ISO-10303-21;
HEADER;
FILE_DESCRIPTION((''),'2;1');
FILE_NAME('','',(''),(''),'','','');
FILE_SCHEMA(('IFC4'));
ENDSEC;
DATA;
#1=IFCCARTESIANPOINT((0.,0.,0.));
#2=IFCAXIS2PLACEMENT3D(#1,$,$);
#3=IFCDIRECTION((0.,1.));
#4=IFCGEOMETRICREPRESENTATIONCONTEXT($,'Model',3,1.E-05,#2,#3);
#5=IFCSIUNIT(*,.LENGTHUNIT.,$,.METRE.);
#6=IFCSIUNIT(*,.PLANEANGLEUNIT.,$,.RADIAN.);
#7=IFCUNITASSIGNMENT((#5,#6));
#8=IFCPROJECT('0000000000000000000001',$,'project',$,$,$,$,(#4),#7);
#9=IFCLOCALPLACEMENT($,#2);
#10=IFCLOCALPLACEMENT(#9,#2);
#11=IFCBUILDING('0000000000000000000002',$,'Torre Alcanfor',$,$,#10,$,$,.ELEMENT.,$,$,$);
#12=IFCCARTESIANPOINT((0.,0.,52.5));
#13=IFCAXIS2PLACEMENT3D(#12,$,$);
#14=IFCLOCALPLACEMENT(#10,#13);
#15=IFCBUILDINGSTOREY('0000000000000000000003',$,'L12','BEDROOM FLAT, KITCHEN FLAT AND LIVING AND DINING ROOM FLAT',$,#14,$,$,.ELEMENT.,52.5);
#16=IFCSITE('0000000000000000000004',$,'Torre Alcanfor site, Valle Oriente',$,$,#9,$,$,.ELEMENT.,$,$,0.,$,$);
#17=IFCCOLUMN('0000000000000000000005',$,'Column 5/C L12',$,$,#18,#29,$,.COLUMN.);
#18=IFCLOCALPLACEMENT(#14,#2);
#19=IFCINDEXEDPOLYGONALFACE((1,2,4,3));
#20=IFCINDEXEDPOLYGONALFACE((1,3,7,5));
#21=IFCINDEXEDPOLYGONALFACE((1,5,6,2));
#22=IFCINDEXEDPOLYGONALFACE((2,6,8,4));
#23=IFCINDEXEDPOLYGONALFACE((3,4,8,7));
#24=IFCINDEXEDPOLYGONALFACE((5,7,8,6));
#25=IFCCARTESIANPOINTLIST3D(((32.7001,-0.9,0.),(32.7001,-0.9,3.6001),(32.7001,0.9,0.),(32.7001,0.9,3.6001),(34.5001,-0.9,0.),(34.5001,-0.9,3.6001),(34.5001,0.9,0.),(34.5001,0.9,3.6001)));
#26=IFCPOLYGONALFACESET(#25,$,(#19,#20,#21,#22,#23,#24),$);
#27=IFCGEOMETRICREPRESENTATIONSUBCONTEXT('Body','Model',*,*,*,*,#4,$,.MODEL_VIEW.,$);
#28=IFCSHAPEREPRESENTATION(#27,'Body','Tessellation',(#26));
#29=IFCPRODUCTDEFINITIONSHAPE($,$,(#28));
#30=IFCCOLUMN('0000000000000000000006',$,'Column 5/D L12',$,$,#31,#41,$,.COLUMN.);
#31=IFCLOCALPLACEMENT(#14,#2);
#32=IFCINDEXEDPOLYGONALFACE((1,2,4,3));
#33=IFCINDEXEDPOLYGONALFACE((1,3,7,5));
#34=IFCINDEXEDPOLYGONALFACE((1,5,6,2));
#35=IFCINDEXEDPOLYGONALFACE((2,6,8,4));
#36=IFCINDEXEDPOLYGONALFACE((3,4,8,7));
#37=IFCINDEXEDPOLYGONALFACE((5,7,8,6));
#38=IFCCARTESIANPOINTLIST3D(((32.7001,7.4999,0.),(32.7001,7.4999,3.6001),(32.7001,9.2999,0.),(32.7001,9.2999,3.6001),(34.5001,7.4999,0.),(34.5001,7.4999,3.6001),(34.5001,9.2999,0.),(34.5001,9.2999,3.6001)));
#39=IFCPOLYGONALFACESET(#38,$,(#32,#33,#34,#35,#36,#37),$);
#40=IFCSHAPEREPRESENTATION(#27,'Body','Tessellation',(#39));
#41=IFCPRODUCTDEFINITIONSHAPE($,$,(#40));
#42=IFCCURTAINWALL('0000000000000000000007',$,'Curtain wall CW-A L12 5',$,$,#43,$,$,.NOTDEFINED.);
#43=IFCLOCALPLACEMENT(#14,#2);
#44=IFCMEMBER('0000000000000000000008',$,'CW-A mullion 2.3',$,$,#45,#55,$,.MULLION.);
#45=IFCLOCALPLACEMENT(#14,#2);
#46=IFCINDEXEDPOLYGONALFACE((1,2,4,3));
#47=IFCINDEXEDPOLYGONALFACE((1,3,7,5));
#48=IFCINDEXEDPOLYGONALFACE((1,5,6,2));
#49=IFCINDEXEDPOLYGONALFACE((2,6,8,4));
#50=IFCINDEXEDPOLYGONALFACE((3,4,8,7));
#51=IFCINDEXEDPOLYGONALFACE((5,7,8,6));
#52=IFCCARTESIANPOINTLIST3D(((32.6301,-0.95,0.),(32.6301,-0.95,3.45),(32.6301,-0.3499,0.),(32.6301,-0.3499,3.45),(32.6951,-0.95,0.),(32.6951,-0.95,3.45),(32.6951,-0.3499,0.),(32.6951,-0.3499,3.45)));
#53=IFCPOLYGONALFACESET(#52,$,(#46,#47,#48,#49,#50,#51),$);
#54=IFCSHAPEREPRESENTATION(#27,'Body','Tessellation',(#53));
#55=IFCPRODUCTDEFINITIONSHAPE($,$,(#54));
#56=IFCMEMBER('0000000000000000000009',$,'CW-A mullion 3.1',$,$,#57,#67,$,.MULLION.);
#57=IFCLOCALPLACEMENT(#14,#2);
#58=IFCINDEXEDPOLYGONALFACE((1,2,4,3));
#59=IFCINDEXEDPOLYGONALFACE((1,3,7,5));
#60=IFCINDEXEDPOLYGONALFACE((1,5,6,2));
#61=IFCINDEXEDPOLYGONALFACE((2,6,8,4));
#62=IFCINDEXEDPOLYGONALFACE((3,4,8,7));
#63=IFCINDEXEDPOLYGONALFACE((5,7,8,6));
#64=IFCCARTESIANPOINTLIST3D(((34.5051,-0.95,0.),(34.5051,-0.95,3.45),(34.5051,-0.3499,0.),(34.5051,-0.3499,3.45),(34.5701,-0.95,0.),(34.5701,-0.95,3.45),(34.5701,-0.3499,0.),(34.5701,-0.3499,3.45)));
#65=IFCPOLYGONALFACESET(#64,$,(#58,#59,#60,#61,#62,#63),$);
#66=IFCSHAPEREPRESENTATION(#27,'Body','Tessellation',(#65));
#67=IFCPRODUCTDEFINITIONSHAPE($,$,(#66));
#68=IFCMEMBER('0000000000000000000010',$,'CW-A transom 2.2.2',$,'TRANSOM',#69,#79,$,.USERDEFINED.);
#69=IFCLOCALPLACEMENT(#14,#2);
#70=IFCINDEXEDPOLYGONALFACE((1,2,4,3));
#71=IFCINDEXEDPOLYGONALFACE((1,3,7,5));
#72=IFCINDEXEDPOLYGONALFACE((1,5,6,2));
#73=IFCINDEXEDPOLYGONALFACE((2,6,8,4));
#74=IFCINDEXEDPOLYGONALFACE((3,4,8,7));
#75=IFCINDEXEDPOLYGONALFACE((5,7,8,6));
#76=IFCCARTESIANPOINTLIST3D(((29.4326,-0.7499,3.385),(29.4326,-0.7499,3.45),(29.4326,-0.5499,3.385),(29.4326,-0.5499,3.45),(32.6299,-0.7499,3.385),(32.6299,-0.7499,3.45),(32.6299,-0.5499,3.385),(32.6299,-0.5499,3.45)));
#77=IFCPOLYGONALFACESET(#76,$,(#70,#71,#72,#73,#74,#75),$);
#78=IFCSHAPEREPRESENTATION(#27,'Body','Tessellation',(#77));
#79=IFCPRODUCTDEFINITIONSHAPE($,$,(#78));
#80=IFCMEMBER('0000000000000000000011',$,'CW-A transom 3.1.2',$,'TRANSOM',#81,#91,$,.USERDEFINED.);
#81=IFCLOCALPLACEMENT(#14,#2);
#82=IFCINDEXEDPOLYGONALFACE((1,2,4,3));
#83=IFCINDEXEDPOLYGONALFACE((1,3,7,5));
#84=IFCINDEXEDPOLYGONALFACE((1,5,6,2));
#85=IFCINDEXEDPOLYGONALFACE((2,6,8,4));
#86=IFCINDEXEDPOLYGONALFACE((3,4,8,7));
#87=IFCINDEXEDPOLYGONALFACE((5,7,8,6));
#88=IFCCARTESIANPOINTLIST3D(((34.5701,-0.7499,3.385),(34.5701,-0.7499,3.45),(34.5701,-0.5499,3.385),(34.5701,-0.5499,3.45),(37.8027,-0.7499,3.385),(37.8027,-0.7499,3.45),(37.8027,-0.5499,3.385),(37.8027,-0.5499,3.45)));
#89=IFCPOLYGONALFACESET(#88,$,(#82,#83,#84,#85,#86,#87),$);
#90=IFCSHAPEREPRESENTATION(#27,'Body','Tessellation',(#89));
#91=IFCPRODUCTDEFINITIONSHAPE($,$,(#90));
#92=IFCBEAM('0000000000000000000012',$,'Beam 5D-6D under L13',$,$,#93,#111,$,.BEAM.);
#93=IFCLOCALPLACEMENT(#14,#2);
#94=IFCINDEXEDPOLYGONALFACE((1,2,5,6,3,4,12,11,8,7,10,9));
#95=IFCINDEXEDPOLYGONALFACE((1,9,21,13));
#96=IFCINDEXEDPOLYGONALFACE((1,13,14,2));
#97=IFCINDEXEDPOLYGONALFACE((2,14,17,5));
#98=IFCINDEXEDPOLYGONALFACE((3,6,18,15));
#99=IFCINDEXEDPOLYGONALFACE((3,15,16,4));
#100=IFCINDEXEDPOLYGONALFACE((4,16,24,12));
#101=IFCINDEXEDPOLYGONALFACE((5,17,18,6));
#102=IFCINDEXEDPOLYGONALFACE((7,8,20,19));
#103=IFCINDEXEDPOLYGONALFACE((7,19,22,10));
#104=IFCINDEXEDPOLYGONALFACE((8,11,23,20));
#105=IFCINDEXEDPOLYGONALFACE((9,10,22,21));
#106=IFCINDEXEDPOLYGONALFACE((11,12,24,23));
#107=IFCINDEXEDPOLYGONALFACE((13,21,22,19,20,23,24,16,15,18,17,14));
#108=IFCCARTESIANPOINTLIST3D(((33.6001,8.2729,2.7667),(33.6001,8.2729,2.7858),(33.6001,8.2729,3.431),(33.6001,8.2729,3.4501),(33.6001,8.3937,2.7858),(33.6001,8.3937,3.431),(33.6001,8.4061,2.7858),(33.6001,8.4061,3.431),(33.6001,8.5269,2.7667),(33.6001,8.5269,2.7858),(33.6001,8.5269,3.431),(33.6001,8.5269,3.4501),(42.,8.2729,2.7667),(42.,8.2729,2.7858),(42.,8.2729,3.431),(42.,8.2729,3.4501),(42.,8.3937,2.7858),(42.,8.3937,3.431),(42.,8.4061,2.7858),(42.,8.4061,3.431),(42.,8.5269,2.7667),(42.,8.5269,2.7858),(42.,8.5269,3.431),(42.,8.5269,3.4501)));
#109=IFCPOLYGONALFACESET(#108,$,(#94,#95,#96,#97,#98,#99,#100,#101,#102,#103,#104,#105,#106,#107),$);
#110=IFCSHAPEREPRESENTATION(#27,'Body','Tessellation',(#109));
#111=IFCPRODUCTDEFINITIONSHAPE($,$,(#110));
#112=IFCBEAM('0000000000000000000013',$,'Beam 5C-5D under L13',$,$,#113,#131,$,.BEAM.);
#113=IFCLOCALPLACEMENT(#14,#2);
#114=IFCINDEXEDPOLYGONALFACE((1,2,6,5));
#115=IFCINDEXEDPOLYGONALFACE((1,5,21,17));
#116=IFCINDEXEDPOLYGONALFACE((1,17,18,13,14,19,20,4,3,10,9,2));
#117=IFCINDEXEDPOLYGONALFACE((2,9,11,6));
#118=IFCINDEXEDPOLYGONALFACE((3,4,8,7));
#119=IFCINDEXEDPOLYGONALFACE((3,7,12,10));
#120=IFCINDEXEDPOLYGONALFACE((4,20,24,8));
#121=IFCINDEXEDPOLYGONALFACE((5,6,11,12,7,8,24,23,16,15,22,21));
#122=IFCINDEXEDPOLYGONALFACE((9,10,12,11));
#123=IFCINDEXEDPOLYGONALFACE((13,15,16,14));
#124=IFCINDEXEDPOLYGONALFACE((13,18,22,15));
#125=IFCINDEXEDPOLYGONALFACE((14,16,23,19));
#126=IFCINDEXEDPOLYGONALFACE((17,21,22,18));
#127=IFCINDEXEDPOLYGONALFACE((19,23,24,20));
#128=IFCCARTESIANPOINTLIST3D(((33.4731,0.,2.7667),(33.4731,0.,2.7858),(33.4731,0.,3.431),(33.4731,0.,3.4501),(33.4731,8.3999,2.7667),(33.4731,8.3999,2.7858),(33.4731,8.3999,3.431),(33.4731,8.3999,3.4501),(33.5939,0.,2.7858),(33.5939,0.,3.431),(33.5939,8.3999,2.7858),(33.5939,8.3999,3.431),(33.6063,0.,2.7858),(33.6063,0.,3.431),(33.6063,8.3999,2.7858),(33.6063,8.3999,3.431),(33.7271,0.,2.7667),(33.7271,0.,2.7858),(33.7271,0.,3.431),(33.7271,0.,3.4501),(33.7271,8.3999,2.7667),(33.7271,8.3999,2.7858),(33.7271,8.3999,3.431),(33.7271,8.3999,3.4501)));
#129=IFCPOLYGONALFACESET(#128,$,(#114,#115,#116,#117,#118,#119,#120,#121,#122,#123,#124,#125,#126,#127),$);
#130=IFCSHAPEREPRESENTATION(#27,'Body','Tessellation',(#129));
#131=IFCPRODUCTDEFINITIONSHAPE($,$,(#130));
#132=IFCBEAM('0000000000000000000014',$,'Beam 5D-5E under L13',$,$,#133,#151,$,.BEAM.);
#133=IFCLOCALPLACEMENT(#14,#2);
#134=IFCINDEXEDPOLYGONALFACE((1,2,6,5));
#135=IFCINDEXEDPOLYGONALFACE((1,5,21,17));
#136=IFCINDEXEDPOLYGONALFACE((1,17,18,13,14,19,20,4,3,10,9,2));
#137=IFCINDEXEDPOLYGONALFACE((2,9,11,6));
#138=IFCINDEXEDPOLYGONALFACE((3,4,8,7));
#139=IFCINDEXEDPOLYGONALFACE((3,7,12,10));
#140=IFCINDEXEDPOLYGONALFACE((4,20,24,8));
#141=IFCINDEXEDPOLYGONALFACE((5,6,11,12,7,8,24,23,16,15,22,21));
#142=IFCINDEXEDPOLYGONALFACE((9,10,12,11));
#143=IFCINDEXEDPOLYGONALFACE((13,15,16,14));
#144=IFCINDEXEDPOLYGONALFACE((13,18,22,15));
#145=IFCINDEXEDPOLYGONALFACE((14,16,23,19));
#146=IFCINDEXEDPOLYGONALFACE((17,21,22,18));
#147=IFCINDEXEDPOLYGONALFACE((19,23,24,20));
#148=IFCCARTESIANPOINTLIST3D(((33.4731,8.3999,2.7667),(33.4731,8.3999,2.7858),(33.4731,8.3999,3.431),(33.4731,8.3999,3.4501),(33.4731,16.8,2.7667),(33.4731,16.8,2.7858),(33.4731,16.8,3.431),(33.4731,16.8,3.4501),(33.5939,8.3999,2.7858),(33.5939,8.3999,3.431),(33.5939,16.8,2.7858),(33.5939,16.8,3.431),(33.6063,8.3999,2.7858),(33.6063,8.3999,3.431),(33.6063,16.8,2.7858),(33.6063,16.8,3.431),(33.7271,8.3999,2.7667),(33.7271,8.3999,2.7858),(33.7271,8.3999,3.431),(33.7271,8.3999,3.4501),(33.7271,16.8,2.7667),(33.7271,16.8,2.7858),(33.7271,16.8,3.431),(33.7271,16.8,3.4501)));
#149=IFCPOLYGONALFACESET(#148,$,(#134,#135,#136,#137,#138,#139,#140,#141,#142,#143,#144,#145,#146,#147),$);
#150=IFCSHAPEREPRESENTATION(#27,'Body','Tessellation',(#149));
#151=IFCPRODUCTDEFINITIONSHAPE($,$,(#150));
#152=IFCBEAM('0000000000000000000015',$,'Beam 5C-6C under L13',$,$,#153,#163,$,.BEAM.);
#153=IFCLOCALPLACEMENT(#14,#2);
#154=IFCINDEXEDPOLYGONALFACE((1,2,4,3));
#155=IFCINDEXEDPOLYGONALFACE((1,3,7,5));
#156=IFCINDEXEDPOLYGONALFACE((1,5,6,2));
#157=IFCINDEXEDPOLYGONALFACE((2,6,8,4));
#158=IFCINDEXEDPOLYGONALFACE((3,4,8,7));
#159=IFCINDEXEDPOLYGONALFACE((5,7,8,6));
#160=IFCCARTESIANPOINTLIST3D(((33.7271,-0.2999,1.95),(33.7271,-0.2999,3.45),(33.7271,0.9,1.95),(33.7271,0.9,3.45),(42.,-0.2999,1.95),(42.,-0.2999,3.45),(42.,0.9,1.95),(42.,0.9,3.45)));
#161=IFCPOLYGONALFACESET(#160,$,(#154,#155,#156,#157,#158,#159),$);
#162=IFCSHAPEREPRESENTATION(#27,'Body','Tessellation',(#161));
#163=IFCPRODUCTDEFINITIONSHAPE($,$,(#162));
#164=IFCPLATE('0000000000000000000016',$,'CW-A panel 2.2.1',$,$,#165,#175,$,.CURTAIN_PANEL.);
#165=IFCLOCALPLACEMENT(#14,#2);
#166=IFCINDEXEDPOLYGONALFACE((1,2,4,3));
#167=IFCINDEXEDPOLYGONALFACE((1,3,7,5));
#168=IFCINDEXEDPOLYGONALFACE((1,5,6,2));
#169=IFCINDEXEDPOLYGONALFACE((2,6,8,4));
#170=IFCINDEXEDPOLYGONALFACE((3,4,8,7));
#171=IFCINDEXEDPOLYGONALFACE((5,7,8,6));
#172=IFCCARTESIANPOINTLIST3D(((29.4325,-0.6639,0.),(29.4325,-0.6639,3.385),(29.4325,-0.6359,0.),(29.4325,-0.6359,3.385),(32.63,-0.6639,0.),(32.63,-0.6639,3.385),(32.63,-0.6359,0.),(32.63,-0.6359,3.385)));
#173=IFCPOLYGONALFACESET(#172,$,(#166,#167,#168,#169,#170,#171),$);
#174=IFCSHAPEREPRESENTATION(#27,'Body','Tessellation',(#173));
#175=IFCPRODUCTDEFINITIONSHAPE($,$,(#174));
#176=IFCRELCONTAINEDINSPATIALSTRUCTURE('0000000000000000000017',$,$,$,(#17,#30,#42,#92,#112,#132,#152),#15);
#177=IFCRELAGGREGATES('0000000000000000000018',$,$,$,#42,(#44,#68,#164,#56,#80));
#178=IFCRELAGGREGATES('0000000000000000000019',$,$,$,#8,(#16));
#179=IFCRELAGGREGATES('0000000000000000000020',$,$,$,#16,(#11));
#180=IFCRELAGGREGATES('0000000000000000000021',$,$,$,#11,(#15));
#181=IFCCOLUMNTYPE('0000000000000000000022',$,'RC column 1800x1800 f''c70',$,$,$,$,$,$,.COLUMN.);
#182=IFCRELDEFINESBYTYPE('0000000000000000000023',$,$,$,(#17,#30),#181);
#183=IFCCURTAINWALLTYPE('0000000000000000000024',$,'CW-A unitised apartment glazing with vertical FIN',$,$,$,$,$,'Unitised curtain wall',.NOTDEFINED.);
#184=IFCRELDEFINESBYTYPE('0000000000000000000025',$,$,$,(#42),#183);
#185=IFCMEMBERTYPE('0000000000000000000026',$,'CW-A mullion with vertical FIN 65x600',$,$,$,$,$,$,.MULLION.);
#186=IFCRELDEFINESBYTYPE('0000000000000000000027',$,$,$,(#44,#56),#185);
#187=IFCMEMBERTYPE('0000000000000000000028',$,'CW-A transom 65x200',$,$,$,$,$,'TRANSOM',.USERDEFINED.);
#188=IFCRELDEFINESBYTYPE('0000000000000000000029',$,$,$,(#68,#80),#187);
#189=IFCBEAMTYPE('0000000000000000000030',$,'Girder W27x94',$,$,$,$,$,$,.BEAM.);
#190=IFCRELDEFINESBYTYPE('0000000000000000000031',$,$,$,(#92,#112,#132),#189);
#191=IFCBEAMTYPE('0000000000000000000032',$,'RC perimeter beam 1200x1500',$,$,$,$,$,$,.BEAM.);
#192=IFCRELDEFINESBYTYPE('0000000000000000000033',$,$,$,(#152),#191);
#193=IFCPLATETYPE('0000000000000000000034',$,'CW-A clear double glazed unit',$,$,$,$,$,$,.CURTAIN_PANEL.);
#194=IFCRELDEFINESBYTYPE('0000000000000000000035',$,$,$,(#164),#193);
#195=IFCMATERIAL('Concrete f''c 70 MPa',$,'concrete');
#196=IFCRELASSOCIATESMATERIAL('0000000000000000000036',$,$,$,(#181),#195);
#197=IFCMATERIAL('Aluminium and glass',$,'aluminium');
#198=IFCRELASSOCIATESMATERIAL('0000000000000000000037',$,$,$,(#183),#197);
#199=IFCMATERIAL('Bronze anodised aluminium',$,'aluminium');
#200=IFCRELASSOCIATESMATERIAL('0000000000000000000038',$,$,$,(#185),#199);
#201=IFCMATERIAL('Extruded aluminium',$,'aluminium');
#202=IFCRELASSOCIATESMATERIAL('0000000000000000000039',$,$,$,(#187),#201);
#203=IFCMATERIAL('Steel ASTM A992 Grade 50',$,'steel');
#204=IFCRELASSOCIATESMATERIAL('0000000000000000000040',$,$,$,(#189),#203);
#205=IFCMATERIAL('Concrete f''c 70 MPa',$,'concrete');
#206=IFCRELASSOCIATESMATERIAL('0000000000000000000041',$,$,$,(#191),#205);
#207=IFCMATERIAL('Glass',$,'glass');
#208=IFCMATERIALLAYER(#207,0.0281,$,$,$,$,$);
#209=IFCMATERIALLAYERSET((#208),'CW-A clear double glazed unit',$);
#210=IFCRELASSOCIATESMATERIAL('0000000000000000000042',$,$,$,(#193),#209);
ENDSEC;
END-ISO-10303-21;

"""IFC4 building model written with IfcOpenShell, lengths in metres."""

from ifc_helpers import new_model, si_unit, direction, frame, origin, origin_2d, place, context, subcontext, project, spatial, rectangle, i_section, extrude, material, layer, layer_set, material_profile, profile_set, type_object, element, aggregate, save


model = new_model("IFC4")

# Units and contexts
model_context = context("Model", 3, precision=1e-05, world=origin(), true_north=direction((0.0, 1.0)))
body_context = subcontext(model_context, "Body", "Model", "MODEL_VIEW")
ifc_project = project(units=[si_unit("LENGTHUNIT", "METRE"), si_unit("PLANEANGLEUNIT", "RADIAN")], contexts=[model_context])

# Site, building, storey
site_placement = place(None, origin())
site = spatial("IfcSite", under=ifc_project, at=site_placement, Name="Torre Alcanfor site, Valle Oriente", CompositionType="ELEMENT", RefElevation=0.0)
building_placement = place(site_placement, origin())
building = spatial("IfcBuilding", under=site, at=building_placement, Name="Torre Alcanfor", CompositionType="ELEMENT")
storey_placement = place(building_placement, frame((0.0, 0.0, 52.5)))
storey = spatial("IfcBuildingStorey", under=building, at=storey_placement, Name="L12", Description="BEDROOM FLAT, KITCHEN FLAT AND LIVING AND DINING ROOM FLAT", CompositionType="ELEMENT", Elevation=52.5)

# Columns
ifc_material_1 = material(Name="Concrete f'c 70 MPa", Category="concrete")
ifc_material_profile_1 = material_profile(ifc_material_1, rectangle(XDim=1.8, YDim=1.8, at=origin_2d()), Name="1800x1800")
ifc_profile_set_1 = profile_set([ifc_material_profile_1], Name="Concrete f'c 70 MPa")
column_type = type_object("IfcColumnType", Name="RC column 1800x1800 f'c70", PredefinedType="COLUMN", material=ifc_profile_set_1)
for number, where, z_axis, x_axis, name in (
    (1, (33.6001, 0.0, 0.0), (0.0, 0.0, 1.0), (1.0, 0.0, 0.0), "Column 5/C L12"),
    (2, (33.6001, 8.3999, 0.0), (0.0, 0.0, 1.0), (1.0, 0.0, 0.0), "Column 5/D L12"),
):
    element("IfcColumn", number, at=place(storey_placement, frame(where, z_axis=z_axis, x_axis=x_axis)), inside=storey, type_object=column_type, Name=name, PredefinedType="COLUMN", context=body_context, shape_type="SweptSolid", body=[
        extrude(rectangle(XDim=1.8, YDim=1.8, at=origin_2d()), origin(), (0.0, 0.0, 1.0), 3.6001),
    ])

# Curtain wall, members
ifc_material_2 = material(Name="Aluminium and glass", Category="aluminium")
curtain_wall_type = type_object("IfcCurtainWallType", Name="CW-A unitised apartment glazing with vertical FIN", ElementType="Unitised curtain wall", PredefinedType="NOTDEFINED", material=ifc_material_2)
curtain_wall_placement = place(storey_placement, origin())
curtain_wall = element("IfcCurtainWall", 3, at=curtain_wall_placement, inside=storey, type_object=curtain_wall_type, Name="Curtain wall CW-A L12 5", PredefinedType="NOTDEFINED")
ifc_material_3 = material(Name="Bronze anodised aluminium", Category="aluminium")
ifc_material_profile_2 = material_profile(ifc_material_3, rectangle(XDim=0.6001, YDim=0.0649, at=origin_2d()), Name="CW-A mullion 65x600")
ifc_profile_set_2 = profile_set([ifc_material_profile_2], Name="Bronze anodised aluminium")
member_type_1 = type_object("IfcMemberType", Name="CW-A mullion with vertical FIN 65x600", PredefinedType="MULLION", material=ifc_profile_set_2)
member_1_placement = place(storey_placement, frame((32.6626, -0.6499, 0.0), z_axis=(0.0, 0.0, 1.0), x_axis=(0.0, 1.0, 0.0)))
member_1 = element("IfcMember", 4, at=member_1_placement, type_object=member_type_1, Name="CW-A mullion 2.3", PredefinedType="MULLION", context=body_context, shape_type="SweptSolid", body=[
    extrude(rectangle(XDim=0.6001, YDim=0.0649, at=origin_2d()), origin(), (0.0, 0.0, 1.0), 3.45),
])
member_2_placement = place(storey_placement, frame((34.5376, -0.6499, 0.0), z_axis=(0.0, 0.0, 1.0), x_axis=(0.0, 1.0, 0.0)))
member_2 = element("IfcMember", 5, at=member_2_placement, type_object=member_type_1, Name="CW-A mullion 3.1", PredefinedType="MULLION", context=body_context, shape_type="SweptSolid", body=[
    extrude(rectangle(XDim=0.6001, YDim=0.0649, at=origin_2d()), origin(), (0.0, 0.0, 1.0), 3.45),
])
ifc_material_4 = material(Name="Extruded aluminium", Category="aluminium")
ifc_material_profile_3 = material_profile(ifc_material_4, rectangle(XDim=0.2, YDim=0.0649, at=origin_2d()), Name="CW-A transom 200x65")
ifc_profile_set_3 = profile_set([ifc_material_profile_3], Name="Extruded aluminium")
member_type_2 = type_object("IfcMemberType", Name="CW-A transom 65x200", ElementType="TRANSOM", PredefinedType="USERDEFINED", material=ifc_profile_set_3)
member_3_placement = place(storey_placement, frame((29.4326, -0.6499, 3.4175), z_axis=(1.0, 0.0, 0.0), x_axis=(0.0, 1.0, 0.0)))
member_3 = element("IfcMember", 6, at=member_3_placement, type_object=member_type_2, Name="CW-A transom 2.2.2", ObjectType="TRANSOM", PredefinedType="USERDEFINED", context=body_context, shape_type="SweptSolid", body=[
    extrude(rectangle(XDim=0.2, YDim=0.0649, at=origin_2d()), origin(), (0.0, 0.0, 1.0), 3.1973),
])
member_4_placement = place(storey_placement, frame((34.5701, -0.6499, 3.4175), z_axis=(1.0, 0.0, 0.0), x_axis=(0.0, 1.0, 0.0)))
member_4 = element("IfcMember", 7, at=member_4_placement, type_object=member_type_2, Name="CW-A transom 3.1.2", ObjectType="TRANSOM", PredefinedType="USERDEFINED", context=body_context, shape_type="SweptSolid", body=[
    extrude(rectangle(XDim=0.2, YDim=0.0649, at=origin_2d()), origin(), (0.0, 0.0, 1.0), 3.2327),
])

# Beams
ifc_material_5 = material(Name="Steel ASTM A992 Grade 50", Category="steel")
ifc_material_profile_4 = material_profile(ifc_material_5, i_section(OverallWidth=0.2539, OverallDepth=0.6833, WebThickness=0.0125, FlangeThickness=0.019, at=origin_2d()), Name="W27x94")
ifc_profile_set_4 = profile_set([ifc_material_profile_4], Name="Steel ASTM A992 Grade 50")
beam_type_1 = type_object("IfcBeamType", Name="Girder W27x94", PredefinedType="BEAM", material=ifc_profile_set_4)
for number, where, z_axis, x_axis, name in (
    (8, (33.6001, 8.3999, 3.1084), (1.0, 0.0, 0.0), (0.0, 1.0, 0.0), "Beam 5D-6D under L13"),
    (9, (33.6001, 0.0, 3.1084), (0.0, 1.0, 0.0), (-1.0, 0.0, 0.0), "Beam 5C-5D under L13"),
):
    element("IfcBeam", number, at=place(storey_placement, frame(where, z_axis=z_axis, x_axis=x_axis)), inside=storey, type_object=beam_type_1, Name=name, PredefinedType="BEAM", context=body_context, shape_type="SweptSolid", body=[
        extrude(i_section(OverallWidth=0.2539, OverallDepth=0.6833, WebThickness=0.0125, FlangeThickness=0.019, at=origin_2d()), origin(), (0.0, 0.0, 1.0), 8.3999),
    ])
beam_1_placement = place(storey_placement, frame((33.6001, 8.3999, 3.1084), z_axis=(0.0, 1.0, 0.0), x_axis=(-1.0, 0.0, 0.0)))
element("IfcBeam", 10, at=beam_1_placement, inside=storey, type_object=beam_type_1, Name="Beam 5D-5E under L13", PredefinedType="BEAM", context=body_context, shape_type="SweptSolid", body=[
    extrude(i_section(OverallWidth=0.2539, OverallDepth=0.6833, WebThickness=0.0125, FlangeThickness=0.019, at=origin_2d()), origin(), (0.0, 0.0, 1.0), 8.4001),
])
ifc_material_6 = material(Name="Concrete f'c 70 MPa", Category="concrete")
ifc_material_profile_5 = material_profile(ifc_material_6, rectangle(XDim=1.2, YDim=1.5, at=origin_2d()), Name="1200x1500")
ifc_profile_set_5 = profile_set([ifc_material_profile_5], Name="Concrete f'c 70 MPa")
beam_type_2 = type_object("IfcBeamType", Name="RC perimeter beam 1200x1500", PredefinedType="BEAM", material=ifc_profile_set_5)
beam_2_placement = place(storey_placement, frame((33.7271, 0.3, 2.7), z_axis=(1.0, 0.0, 0.0), x_axis=(0.0, 1.0, 0.0)))
element("IfcBeam", 11, at=beam_2_placement, inside=storey, type_object=beam_type_2, Name="Beam 5C-6C under L13", PredefinedType="BEAM", context=body_context, shape_type="SweptSolid", body=[
    extrude(rectangle(XDim=1.2, YDim=1.5, at=origin_2d()), origin(), (0.0, 0.0, 1.0), 8.2729),
])

# Plate
ifc_material_7 = material(Name="Glass", Category="glass")
ifc_layer_1 = layer(ifc_material_7, 0.0281)
ifc_layer_set_1 = layer_set([ifc_layer_1], Name="CW-A clear double glazed unit")
plate_type = type_object("IfcPlateType", Name="CW-A clear double glazed unit", PredefinedType="CURTAIN_PANEL", material=ifc_layer_set_1)
plate_placement = place(storey_placement, frame((31.0312, -0.6499, 0.0), z_axis=(0.0, 0.0, 1.0), x_axis=(1.0, 0.0, 0.0)))
plate = element("IfcPlate", 12, at=plate_placement, type_object=plate_type, Name="CW-A panel 2.2.1", PredefinedType="CURTAIN_PANEL", context=body_context, shape_type="SweptSolid", body=[
    extrude(rectangle(XDim=3.1975, YDim=0.0281, at=origin_2d()), origin(), (0.0, 0.0, 1.0), 3.385),
])
aggregate(curtain_wall, [member_1, member_3, plate, member_2, member_4])

save(model, "model.ifc")
